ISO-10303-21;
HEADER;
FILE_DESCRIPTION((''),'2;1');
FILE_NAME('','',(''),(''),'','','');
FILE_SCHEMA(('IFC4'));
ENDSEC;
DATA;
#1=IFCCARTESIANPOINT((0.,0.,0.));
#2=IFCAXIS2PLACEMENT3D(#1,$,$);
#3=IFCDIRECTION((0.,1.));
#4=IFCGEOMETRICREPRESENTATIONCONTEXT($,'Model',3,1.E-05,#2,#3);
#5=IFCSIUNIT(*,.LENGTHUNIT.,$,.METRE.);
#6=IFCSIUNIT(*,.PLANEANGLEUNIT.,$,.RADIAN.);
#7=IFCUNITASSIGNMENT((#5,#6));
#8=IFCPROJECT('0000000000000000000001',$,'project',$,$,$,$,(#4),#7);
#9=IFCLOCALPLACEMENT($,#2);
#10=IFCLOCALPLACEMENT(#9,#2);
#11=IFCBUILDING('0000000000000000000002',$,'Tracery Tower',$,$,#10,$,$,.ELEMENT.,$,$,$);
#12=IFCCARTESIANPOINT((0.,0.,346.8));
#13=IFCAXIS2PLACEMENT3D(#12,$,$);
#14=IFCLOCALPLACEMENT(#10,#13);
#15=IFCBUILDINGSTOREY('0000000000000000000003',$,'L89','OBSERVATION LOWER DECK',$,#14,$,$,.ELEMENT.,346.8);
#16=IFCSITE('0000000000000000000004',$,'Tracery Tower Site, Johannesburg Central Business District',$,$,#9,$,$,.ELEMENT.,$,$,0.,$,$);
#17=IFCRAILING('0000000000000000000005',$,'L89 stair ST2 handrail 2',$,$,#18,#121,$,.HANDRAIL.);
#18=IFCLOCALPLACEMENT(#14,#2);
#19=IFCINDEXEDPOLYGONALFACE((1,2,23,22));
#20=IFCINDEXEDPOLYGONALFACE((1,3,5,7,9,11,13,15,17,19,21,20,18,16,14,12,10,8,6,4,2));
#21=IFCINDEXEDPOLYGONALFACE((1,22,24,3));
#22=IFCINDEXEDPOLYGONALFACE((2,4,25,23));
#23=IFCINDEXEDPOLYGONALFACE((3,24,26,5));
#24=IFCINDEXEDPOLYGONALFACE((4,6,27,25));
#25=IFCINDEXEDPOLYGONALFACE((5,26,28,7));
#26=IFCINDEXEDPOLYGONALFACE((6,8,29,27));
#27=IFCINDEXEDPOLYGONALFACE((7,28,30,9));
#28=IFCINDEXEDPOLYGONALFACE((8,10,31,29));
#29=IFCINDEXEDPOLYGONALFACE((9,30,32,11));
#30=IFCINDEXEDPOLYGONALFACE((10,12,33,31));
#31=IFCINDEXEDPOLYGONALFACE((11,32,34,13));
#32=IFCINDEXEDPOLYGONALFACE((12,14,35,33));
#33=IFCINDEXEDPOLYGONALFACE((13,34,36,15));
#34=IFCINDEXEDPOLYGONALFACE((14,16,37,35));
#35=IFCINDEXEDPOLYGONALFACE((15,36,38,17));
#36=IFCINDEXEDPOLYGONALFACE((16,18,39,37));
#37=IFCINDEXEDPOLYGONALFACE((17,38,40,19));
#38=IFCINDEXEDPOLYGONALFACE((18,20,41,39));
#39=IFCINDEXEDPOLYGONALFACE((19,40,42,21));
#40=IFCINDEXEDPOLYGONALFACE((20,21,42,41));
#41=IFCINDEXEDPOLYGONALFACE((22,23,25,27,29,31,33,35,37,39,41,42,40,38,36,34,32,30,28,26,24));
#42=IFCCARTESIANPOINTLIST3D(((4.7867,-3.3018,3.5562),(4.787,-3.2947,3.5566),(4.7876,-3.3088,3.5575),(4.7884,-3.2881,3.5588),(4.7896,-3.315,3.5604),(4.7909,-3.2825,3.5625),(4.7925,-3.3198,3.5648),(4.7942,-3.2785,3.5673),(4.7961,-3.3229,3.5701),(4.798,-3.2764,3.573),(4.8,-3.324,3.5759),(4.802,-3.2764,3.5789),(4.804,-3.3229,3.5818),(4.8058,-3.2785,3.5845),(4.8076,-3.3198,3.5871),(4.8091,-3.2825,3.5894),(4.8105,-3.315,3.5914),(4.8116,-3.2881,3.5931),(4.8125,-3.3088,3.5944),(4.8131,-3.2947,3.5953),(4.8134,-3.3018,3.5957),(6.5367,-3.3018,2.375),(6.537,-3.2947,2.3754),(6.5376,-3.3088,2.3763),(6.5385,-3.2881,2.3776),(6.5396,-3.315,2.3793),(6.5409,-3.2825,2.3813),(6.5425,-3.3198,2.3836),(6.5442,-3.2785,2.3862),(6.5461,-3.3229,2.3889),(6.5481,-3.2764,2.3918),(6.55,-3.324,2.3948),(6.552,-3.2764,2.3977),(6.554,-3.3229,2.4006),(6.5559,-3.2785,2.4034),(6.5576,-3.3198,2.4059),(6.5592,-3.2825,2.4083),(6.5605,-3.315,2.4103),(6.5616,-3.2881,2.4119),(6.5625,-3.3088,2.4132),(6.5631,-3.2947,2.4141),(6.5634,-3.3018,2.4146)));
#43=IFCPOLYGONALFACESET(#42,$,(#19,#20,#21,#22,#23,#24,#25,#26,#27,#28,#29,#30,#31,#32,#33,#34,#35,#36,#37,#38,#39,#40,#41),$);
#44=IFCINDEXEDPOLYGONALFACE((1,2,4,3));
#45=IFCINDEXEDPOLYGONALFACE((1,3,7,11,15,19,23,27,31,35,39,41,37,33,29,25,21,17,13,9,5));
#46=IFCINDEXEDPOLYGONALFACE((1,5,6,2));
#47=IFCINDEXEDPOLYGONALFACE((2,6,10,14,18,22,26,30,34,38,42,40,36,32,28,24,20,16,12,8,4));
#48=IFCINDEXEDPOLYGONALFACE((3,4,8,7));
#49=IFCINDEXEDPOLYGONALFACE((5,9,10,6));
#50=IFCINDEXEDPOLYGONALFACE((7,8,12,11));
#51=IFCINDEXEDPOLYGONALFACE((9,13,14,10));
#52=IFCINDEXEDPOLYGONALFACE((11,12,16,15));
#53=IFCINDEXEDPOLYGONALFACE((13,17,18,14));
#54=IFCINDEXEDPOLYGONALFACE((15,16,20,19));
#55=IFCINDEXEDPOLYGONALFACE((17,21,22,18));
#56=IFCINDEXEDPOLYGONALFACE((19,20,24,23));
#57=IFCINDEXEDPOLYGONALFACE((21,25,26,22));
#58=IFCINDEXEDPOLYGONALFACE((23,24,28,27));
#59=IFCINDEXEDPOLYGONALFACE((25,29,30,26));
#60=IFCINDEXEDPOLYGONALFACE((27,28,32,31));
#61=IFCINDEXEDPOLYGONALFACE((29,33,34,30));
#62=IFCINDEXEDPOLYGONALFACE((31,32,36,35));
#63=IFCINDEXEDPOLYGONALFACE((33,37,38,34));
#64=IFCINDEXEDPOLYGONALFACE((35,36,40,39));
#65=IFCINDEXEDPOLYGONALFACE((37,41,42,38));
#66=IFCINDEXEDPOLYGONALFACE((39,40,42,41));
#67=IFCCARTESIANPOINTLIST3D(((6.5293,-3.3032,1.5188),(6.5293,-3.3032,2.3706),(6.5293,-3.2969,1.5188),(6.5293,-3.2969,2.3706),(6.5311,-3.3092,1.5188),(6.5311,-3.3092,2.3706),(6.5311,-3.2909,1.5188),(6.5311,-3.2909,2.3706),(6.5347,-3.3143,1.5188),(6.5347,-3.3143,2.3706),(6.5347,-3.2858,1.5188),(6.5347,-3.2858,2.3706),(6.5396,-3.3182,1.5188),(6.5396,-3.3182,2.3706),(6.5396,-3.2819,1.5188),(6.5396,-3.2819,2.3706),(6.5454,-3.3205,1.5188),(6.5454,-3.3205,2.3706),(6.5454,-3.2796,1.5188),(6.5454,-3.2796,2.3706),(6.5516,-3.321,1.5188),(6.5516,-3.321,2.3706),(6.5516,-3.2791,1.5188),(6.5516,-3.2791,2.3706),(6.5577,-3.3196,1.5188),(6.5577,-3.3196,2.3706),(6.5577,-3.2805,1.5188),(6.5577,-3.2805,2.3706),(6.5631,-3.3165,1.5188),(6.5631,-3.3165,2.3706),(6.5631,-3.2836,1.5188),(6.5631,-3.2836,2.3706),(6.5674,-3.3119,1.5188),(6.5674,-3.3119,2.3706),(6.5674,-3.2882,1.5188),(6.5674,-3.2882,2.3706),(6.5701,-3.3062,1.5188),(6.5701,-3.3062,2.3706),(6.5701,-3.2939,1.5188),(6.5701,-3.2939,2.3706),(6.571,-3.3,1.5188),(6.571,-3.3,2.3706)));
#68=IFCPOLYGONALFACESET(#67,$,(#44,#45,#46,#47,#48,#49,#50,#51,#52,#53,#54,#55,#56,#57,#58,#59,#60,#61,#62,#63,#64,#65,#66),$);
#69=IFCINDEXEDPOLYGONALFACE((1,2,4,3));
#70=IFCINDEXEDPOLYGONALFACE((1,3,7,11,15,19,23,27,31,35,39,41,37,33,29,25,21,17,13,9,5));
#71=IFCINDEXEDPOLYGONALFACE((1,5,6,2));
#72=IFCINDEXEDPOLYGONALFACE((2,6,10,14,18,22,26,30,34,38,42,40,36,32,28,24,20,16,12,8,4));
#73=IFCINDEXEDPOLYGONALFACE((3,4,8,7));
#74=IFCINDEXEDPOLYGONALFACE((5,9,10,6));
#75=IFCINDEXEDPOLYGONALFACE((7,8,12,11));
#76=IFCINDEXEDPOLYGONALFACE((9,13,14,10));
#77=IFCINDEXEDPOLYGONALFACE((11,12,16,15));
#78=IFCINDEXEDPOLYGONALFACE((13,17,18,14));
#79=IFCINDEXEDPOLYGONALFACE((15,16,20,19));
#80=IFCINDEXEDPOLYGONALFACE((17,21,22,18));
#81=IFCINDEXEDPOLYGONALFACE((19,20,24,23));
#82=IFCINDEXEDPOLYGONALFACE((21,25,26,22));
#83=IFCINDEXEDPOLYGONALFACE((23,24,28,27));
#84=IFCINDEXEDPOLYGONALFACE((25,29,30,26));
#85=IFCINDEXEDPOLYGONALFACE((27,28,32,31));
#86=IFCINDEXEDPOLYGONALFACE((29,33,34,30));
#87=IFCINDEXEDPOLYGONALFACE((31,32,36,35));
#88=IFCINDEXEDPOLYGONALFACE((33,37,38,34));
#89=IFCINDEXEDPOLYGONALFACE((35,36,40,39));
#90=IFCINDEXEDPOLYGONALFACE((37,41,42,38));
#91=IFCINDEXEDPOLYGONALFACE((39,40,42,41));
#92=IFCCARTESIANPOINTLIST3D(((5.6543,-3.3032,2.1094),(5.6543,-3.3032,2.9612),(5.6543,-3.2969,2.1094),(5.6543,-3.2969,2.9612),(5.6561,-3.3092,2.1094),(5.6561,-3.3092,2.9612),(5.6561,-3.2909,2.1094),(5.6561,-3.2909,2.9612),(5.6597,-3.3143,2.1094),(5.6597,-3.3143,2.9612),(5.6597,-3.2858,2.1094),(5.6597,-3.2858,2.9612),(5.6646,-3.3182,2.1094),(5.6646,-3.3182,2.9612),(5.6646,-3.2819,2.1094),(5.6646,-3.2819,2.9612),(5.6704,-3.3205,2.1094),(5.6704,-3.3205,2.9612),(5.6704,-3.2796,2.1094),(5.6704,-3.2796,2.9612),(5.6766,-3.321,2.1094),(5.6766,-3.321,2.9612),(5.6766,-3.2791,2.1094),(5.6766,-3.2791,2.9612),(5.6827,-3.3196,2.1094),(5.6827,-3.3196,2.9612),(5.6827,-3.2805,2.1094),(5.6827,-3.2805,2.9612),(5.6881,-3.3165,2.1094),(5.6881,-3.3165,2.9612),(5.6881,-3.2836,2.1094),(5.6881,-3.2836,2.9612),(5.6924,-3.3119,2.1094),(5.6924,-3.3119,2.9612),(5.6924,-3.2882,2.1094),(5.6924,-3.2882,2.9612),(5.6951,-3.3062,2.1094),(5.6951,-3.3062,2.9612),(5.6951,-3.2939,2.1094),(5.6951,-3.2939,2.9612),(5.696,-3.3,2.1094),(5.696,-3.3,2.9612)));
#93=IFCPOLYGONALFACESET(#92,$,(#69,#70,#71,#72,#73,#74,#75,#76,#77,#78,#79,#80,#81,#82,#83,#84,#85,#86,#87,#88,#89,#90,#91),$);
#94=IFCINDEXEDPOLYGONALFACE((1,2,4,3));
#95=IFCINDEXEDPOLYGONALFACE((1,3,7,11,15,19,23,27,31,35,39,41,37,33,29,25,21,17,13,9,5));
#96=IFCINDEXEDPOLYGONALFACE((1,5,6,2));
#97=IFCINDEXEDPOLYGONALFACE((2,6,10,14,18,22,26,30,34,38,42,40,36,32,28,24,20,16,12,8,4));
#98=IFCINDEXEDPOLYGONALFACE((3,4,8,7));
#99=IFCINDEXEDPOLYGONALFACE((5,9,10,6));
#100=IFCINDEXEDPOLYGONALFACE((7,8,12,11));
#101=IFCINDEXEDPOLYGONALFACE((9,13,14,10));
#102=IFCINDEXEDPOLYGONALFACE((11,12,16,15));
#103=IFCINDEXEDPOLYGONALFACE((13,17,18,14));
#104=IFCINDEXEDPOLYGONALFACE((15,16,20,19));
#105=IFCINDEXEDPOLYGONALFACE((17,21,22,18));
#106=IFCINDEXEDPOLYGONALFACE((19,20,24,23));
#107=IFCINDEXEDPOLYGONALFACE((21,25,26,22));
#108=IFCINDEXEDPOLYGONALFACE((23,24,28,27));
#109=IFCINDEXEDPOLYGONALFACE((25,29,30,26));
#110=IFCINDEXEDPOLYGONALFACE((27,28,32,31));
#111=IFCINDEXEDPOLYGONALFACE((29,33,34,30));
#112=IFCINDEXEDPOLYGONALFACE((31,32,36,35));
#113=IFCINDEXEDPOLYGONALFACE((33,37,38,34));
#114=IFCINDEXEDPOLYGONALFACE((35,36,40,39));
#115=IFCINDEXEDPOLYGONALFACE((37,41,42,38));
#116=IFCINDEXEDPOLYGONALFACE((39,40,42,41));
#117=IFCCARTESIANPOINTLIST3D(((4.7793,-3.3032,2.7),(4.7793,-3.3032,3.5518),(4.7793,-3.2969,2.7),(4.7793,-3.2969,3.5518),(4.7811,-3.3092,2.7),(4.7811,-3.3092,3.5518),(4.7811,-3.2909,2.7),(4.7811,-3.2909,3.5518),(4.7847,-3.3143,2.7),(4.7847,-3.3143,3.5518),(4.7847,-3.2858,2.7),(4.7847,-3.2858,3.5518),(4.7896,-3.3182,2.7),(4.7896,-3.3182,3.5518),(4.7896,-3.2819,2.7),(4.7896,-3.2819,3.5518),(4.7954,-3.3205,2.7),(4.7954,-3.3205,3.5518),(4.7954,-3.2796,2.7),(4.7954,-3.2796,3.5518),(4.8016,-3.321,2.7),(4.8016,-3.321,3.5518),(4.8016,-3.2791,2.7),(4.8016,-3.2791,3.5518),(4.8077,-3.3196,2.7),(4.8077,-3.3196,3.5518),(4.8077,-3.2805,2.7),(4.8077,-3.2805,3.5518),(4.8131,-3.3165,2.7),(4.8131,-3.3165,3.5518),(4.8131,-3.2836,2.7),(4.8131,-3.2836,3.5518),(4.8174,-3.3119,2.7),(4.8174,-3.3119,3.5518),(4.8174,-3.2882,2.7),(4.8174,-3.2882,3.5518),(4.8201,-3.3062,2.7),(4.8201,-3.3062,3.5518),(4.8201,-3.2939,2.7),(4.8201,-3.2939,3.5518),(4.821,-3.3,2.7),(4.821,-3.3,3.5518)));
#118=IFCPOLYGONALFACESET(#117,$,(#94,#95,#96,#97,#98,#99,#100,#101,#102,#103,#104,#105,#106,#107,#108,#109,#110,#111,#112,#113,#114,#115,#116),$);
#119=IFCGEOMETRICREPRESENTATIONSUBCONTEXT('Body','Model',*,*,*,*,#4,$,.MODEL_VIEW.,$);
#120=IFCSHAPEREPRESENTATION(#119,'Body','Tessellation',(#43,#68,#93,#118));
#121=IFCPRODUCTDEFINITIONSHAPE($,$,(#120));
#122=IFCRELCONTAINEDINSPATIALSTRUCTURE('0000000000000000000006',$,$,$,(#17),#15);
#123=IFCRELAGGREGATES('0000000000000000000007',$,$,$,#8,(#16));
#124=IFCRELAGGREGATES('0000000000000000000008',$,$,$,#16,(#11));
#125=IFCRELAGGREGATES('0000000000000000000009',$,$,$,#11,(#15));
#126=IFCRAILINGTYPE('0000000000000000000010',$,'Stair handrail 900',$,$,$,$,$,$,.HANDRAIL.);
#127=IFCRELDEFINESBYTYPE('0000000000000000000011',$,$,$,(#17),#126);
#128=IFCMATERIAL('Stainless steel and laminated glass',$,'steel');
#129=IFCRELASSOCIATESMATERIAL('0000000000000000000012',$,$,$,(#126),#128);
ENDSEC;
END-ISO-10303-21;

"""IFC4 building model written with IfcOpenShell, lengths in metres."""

from ifc_helpers import new_model, si_unit, direction, frame, origin, origin_2d, place, context, subcontext, project, spatial, circle, extrude, material, type_object, element, save


model = new_model("IFC4")

# Units and contexts
model_context = context("Model", 3, precision=1e-05, world=origin(), true_north=direction((0.0, 1.0)))
body_context = subcontext(model_context, "Body", "Model", "MODEL_VIEW")
ifc_project = project(units=[si_unit("LENGTHUNIT", "METRE"), si_unit("PLANEANGLEUNIT", "RADIAN")], contexts=[model_context])

# Site, building, storey
site_placement = place(None, origin())
site = spatial("IfcSite", under=ifc_project, at=site_placement, Name="Tracery Tower Site, Johannesburg Central Business District", CompositionType="ELEMENT", RefElevation=0.0)
building_placement = place(site_placement, origin())
building = spatial("IfcBuilding", under=site, at=building_placement, Name="Tracery Tower", CompositionType="ELEMENT")
storey_placement = place(building_placement, frame((0.0, 0.0, 346.8)))
storey = spatial("IfcBuildingStorey", under=building, at=storey_placement, Name="L89", Description="OBSERVATION LOWER DECK", CompositionType="ELEMENT", Elevation=346.8)

# Railing
ifc_material_1 = material(Name="Stainless steel and laminated glass", Category="steel")
railing_type_1 = type_object("IfcRailingType", Name="Stair handrail 900", PredefinedType="HANDRAIL", material=ifc_material_1)
railing_1_placement = place(storey_placement, frame((6.55, -3.3, 1.5188)))
element("IfcRailing", 1, at=railing_1_placement, inside=storey, type_object=railing_type_1, Name="L89 stair ST2 handrail 2", PredefinedType="HANDRAIL", context=body_context, shape_type="SweptSolid", body=[
    extrude(circle(Radius=0.0239, at=origin_2d()), frame((0.0, 0.0, 0.876), z_axis=(-0.82887, 0.0, 0.559441), x_axis=(0.0, -1.0, 0.0)), (0.0, 0.0, 1.0), 2.1113),
    extrude(circle(Radius=0.021, at=origin_2d()), origin(), (0.0, 0.0, 1.0), 0.8518),
    extrude(circle(Radius=0.021, at=origin_2d()), frame((-0.875, 0.0, 0.5906)), (0.0, 0.0, 1.0), 0.8518),
    extrude(circle(Radius=0.021, at=origin_2d()), frame((-1.75, 0.0, 1.1812)), (0.0, 0.0, 1.0), 0.8518),
])

save(model, "model.ifc")
